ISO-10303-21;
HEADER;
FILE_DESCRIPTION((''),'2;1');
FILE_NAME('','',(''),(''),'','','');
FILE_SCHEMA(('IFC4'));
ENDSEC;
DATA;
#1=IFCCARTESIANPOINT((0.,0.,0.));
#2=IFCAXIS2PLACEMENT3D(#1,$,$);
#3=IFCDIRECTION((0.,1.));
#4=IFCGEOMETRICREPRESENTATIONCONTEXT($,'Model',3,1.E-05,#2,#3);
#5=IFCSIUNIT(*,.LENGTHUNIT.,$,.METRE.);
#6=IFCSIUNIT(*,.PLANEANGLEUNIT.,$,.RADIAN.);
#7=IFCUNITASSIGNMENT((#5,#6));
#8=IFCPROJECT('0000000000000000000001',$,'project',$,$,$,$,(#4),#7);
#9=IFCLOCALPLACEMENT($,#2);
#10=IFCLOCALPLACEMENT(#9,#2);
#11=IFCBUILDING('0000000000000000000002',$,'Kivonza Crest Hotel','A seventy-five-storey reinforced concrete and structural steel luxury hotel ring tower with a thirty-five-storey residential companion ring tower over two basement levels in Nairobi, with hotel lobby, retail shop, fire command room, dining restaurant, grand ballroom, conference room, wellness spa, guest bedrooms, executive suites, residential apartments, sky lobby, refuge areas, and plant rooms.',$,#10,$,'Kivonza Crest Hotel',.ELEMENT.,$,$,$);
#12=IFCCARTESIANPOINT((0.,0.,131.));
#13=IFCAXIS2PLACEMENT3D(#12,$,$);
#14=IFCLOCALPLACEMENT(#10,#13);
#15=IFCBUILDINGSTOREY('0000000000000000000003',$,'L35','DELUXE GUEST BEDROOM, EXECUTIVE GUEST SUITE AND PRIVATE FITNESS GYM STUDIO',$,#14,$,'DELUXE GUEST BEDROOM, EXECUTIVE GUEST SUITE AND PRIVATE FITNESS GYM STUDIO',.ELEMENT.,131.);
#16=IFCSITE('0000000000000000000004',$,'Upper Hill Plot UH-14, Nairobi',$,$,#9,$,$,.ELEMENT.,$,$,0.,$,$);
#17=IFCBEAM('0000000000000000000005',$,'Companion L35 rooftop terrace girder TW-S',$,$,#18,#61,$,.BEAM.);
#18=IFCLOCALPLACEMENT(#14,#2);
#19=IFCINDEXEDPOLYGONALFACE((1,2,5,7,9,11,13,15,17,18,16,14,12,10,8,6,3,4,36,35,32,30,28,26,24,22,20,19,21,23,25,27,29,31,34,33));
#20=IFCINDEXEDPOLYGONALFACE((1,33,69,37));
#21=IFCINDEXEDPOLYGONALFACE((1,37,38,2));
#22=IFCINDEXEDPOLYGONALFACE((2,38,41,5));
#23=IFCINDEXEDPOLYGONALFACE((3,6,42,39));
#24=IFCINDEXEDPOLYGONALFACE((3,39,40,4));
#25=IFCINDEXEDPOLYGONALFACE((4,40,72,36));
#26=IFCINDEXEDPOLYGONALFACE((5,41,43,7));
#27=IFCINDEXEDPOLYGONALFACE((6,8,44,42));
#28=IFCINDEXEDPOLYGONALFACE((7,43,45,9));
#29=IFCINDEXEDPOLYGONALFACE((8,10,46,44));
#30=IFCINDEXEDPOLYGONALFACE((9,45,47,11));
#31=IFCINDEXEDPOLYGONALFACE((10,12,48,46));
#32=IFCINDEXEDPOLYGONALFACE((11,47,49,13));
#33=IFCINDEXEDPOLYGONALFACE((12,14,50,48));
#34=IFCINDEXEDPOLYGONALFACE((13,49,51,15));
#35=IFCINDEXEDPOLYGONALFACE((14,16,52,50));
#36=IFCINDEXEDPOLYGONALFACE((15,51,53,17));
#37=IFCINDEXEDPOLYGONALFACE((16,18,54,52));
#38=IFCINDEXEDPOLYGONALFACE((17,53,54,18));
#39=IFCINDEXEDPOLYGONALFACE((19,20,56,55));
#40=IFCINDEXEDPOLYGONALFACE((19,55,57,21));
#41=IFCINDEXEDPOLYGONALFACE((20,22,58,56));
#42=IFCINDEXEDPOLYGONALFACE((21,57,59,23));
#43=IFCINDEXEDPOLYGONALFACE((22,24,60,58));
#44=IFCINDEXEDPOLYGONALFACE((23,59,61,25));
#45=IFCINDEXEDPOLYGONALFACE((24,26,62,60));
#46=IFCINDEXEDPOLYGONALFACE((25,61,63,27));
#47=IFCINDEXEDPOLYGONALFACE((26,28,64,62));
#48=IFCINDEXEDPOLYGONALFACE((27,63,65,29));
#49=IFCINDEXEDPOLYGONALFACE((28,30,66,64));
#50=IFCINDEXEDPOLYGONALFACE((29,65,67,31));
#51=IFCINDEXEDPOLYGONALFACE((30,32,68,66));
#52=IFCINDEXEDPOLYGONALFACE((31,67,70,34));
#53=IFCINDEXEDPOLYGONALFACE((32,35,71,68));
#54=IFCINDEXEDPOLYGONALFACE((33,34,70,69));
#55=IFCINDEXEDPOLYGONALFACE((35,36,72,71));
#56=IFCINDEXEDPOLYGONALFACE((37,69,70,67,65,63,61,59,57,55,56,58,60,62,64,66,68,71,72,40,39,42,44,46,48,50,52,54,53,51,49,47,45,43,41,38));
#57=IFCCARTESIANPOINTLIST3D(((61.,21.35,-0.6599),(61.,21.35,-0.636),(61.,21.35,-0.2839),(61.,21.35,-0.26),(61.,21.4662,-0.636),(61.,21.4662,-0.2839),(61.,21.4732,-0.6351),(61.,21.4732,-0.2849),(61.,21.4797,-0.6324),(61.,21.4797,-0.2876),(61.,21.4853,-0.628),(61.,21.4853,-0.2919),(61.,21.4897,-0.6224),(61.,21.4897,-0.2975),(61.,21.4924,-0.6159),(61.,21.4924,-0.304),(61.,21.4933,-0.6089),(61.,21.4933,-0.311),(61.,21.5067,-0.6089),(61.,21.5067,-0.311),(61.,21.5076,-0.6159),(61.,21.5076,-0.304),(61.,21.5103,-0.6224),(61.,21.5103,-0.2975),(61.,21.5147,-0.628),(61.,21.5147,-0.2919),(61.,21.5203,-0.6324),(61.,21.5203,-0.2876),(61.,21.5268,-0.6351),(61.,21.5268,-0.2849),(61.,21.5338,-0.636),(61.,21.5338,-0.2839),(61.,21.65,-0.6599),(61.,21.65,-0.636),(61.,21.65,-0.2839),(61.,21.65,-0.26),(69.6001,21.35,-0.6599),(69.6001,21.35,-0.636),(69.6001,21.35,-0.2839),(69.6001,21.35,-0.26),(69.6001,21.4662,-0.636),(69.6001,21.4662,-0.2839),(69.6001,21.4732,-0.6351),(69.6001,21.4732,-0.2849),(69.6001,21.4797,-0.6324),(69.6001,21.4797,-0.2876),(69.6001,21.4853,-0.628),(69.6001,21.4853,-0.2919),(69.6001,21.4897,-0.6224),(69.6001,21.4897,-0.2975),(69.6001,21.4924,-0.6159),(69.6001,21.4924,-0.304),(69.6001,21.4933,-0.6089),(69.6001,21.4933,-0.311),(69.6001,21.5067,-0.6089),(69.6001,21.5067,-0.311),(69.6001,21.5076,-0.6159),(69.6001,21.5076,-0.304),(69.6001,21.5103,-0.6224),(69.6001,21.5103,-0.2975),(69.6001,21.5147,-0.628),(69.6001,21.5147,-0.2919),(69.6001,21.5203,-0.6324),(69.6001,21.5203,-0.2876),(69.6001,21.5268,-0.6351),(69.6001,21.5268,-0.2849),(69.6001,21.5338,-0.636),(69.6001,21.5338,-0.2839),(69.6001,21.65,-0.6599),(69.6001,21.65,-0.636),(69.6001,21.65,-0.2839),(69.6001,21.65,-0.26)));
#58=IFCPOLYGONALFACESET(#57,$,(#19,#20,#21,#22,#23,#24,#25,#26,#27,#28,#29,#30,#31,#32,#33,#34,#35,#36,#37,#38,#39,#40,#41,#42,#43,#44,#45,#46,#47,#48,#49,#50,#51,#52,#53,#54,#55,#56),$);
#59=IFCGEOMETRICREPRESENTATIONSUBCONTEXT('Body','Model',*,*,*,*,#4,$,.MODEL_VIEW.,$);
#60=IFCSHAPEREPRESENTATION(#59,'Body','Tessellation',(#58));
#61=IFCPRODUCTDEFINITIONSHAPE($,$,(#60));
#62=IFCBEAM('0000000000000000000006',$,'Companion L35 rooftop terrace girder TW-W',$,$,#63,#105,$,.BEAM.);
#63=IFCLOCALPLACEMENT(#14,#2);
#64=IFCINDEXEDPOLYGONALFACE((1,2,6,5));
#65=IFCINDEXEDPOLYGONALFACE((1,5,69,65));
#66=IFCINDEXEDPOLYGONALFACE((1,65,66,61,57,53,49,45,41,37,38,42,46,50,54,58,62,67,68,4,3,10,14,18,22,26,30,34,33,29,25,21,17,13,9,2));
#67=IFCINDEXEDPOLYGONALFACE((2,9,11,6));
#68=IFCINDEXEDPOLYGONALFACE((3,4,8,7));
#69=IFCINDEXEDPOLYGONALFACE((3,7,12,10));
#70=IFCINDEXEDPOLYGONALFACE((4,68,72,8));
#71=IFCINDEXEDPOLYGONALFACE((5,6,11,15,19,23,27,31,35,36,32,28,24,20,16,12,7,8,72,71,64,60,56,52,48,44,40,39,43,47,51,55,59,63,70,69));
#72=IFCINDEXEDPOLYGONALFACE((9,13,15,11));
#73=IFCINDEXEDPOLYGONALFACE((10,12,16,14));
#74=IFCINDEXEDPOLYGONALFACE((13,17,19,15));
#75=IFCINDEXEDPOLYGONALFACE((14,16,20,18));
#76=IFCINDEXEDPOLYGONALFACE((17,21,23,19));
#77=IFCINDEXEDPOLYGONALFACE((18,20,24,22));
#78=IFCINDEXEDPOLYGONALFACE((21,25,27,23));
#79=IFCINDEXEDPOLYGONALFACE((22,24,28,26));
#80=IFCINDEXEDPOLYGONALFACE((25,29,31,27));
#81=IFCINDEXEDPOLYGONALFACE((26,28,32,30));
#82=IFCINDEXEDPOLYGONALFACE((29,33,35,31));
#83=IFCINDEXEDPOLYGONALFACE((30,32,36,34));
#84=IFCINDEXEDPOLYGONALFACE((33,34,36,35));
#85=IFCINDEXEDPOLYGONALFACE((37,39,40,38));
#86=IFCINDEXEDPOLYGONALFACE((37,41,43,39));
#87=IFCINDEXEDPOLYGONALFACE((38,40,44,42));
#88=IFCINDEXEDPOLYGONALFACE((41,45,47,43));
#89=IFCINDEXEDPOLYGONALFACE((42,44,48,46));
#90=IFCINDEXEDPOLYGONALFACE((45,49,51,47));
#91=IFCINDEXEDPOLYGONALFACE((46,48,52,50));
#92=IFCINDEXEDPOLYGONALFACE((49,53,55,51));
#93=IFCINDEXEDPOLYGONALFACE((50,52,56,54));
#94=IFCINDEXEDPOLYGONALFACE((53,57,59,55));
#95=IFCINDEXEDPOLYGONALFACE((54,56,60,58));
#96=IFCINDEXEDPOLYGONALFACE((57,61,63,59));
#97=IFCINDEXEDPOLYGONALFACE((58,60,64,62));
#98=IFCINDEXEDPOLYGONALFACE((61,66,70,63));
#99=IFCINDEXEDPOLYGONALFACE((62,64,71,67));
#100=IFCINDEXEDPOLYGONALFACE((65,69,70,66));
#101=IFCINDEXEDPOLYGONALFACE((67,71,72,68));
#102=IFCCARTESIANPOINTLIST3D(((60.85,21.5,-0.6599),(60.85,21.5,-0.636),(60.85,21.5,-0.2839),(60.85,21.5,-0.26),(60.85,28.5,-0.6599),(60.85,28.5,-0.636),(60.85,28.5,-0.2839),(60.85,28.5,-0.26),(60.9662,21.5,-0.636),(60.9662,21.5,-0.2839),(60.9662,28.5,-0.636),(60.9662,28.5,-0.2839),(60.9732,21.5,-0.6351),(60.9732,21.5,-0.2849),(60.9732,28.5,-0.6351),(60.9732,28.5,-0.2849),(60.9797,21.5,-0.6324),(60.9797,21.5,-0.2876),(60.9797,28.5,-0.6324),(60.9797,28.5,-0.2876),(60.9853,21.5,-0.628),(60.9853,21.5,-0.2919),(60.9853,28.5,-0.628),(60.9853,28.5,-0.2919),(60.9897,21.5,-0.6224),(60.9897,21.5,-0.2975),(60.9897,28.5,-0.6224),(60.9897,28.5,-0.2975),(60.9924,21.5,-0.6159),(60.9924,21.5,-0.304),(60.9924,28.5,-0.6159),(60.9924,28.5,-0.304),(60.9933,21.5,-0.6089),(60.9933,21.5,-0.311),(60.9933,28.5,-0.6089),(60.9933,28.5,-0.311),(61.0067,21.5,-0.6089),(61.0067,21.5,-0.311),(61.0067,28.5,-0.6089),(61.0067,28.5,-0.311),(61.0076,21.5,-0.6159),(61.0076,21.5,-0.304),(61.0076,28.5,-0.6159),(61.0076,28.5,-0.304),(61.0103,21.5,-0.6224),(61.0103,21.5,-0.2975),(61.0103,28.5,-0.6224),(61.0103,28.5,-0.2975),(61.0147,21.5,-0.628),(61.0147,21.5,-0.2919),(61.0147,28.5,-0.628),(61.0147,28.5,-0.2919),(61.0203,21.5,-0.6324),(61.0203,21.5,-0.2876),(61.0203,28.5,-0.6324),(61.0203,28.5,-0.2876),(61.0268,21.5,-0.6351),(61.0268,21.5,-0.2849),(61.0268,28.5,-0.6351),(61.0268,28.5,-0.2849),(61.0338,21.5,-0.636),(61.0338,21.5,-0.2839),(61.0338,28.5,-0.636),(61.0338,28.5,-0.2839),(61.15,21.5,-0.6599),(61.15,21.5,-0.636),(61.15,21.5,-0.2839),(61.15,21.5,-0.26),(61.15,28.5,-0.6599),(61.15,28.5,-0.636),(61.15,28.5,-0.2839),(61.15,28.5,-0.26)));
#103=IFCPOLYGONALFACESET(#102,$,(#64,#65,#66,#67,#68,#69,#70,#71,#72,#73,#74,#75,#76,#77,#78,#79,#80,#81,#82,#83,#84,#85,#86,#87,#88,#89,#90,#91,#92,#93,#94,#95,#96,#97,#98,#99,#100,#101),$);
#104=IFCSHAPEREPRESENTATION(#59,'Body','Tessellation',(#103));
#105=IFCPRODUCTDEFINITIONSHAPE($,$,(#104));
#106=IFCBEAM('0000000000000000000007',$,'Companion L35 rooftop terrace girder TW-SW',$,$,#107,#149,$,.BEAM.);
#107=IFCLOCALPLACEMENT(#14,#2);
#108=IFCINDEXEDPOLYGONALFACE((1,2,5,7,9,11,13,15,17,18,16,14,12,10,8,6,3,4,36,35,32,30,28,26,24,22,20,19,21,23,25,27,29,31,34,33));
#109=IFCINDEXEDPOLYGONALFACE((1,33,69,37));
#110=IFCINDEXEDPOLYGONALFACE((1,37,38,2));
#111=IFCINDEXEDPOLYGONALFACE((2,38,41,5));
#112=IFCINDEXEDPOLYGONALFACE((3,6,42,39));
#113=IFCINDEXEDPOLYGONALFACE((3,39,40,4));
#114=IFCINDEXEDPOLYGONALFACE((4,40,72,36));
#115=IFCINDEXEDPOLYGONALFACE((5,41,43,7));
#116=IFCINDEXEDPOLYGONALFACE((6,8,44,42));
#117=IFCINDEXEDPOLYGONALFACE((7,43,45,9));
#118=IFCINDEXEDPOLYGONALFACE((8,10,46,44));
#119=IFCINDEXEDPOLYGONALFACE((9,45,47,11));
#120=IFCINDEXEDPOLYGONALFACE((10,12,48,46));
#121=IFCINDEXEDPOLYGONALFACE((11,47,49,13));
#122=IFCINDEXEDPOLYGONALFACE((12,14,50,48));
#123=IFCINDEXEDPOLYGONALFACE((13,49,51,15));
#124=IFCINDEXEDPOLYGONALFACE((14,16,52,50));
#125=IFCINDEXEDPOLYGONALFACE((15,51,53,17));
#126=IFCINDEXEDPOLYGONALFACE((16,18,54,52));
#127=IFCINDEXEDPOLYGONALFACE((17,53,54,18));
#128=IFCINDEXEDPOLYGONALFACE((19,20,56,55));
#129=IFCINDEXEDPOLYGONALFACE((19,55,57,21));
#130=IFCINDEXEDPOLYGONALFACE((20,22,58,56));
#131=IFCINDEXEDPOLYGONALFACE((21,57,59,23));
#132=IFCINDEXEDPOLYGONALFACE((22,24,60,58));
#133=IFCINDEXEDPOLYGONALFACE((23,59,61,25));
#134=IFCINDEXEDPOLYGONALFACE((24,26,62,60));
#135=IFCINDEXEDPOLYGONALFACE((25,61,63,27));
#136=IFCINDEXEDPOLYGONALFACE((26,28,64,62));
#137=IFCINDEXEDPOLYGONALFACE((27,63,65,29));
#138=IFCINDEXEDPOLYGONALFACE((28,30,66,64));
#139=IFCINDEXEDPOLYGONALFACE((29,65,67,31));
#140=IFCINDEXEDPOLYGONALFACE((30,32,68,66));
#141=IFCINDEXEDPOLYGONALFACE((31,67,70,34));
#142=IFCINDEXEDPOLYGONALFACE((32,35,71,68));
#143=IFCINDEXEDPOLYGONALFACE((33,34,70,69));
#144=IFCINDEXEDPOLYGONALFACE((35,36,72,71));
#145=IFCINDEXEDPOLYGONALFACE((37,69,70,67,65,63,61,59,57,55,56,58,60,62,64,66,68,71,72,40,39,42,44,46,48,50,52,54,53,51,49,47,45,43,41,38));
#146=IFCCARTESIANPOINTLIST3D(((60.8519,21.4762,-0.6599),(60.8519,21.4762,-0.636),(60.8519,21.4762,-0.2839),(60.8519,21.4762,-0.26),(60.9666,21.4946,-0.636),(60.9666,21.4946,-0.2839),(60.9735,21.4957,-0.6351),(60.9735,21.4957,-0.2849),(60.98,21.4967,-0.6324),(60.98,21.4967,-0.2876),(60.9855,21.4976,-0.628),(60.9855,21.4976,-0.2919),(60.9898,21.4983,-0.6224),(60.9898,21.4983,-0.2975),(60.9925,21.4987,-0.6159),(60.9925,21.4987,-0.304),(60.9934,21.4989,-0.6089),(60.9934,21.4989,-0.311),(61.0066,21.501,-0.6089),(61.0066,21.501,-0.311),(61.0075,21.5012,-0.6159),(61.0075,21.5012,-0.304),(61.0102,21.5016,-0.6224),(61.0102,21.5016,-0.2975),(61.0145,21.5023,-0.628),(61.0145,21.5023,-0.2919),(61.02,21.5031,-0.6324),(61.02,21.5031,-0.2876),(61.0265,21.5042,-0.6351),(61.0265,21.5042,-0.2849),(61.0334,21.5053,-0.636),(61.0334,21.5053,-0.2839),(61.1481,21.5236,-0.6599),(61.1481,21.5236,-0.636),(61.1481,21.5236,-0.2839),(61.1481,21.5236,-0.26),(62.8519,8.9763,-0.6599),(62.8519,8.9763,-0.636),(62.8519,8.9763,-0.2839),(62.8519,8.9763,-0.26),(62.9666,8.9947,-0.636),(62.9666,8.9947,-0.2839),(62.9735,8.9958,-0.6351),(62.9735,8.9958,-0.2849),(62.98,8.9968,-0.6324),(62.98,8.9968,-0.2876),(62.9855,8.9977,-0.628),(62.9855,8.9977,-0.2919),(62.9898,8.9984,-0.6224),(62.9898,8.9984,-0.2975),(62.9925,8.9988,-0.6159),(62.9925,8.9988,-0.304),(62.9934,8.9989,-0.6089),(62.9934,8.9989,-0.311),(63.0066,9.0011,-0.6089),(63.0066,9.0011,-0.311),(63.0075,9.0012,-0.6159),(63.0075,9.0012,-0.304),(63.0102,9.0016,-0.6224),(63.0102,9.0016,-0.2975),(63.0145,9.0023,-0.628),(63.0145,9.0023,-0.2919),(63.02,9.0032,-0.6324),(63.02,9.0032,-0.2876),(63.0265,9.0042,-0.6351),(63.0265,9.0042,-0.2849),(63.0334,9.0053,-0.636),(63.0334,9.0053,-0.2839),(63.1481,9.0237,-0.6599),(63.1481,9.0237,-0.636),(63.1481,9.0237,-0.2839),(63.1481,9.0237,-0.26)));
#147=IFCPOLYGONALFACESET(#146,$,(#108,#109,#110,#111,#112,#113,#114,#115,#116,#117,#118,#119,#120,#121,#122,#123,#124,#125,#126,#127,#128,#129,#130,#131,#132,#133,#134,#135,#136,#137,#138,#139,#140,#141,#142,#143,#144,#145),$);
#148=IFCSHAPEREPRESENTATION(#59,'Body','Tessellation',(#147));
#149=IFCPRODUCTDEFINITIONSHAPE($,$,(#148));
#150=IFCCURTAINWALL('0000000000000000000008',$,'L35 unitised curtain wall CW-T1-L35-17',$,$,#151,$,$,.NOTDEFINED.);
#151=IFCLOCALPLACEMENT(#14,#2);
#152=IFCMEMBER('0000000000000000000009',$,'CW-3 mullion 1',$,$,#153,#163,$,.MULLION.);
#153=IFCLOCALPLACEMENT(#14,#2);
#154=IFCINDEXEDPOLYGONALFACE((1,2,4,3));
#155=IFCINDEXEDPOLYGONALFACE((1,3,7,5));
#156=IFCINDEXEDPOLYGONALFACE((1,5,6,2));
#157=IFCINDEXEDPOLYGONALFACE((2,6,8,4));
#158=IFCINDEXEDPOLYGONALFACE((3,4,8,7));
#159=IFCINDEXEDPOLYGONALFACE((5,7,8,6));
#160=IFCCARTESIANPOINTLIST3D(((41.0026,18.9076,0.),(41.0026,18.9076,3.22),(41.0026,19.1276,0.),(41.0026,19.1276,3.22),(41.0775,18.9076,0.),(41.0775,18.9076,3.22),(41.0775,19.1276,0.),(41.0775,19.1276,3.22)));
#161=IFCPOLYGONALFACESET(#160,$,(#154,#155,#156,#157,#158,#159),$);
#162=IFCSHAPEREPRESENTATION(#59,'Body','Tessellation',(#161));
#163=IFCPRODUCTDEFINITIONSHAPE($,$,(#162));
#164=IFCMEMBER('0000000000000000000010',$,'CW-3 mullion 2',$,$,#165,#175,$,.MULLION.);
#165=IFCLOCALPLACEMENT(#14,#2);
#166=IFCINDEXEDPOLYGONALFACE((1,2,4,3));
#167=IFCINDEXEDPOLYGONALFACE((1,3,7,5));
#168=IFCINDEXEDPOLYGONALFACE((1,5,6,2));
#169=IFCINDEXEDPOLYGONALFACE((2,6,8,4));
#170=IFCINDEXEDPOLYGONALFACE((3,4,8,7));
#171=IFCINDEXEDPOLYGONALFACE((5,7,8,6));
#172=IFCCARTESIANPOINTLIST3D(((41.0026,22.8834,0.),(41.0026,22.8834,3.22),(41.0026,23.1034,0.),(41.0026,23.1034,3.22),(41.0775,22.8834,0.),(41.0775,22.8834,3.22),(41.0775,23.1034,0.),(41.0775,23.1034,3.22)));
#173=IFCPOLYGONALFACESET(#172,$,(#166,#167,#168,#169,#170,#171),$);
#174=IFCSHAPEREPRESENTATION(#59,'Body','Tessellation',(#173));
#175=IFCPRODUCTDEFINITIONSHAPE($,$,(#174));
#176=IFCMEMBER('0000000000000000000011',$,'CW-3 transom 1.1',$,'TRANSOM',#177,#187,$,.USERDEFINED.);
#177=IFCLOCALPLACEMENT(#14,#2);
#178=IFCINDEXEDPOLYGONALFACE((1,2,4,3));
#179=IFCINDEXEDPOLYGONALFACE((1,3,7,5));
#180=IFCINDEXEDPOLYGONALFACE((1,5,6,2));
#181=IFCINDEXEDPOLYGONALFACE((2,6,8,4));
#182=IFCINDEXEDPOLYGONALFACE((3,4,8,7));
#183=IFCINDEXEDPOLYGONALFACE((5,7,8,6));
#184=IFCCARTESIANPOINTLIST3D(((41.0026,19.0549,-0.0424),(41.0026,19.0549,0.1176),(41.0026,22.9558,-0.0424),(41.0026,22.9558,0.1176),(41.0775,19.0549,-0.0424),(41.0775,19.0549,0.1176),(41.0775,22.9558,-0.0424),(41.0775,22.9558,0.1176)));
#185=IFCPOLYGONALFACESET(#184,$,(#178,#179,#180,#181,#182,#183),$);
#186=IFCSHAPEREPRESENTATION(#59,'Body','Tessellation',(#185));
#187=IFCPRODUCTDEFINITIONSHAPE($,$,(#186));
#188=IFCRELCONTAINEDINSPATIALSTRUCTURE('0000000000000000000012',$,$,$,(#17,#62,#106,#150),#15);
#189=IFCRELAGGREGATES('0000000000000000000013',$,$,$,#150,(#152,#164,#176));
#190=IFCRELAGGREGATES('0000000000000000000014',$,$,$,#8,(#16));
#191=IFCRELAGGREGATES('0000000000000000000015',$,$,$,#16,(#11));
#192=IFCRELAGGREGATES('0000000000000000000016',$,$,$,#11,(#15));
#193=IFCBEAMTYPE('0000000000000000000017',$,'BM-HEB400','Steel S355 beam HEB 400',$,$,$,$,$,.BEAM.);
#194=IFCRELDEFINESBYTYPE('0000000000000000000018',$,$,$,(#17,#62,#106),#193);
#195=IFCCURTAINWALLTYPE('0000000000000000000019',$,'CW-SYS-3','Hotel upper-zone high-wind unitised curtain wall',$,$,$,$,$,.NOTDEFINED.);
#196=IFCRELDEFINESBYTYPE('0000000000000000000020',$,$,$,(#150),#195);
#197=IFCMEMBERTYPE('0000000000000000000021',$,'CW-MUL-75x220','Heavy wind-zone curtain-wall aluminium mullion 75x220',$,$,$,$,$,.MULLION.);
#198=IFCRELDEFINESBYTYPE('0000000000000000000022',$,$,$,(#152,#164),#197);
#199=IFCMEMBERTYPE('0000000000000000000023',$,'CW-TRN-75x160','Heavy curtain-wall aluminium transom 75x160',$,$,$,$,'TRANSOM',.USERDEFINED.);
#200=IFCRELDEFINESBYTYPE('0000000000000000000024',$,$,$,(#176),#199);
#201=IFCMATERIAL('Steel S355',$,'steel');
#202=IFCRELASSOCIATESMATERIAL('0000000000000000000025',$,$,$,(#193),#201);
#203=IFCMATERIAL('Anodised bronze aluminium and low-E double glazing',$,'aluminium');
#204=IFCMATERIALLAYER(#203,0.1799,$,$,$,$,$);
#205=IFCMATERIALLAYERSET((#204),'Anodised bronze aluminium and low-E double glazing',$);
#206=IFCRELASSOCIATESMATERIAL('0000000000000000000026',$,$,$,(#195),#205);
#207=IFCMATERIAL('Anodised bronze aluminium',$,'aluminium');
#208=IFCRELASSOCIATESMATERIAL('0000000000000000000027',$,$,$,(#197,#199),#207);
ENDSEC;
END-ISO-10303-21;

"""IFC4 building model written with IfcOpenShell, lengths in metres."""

from ifc_helpers import new_model, si_unit, direction, frame, origin, origin_2d, place, context, subcontext, project, spatial, rectangle, i_section, extrude, material, layer, layer_set, material_profile, profile_set, type_object, element, aggregate, save


model = new_model("IFC4")

# Units and contexts
model_context = context("Model", 3, precision=1e-05, world=origin(), true_north=direction((0.0, 1.0)))
body_context = subcontext(model_context, "Body", "Model", "MODEL_VIEW")
ifc_project = project(units=[si_unit("LENGTHUNIT", "METRE"), si_unit("PLANEANGLEUNIT", "RADIAN")], contexts=[model_context])

# Site, building, storey
site_placement = place(None, origin())
site = spatial("IfcSite", under=ifc_project, at=site_placement, Name="Upper Hill Plot UH-14, Nairobi", CompositionType="ELEMENT", RefElevation=0.0)
building_placement = place(site_placement, origin())
building = spatial("IfcBuilding", under=site, at=building_placement, Name="Kivonza Crest Hotel", Description="A seventy-five-storey reinforced concrete and structural steel luxury hotel ring tower with a thirty-five-storey residential companion ring tower over two basement levels in Nairobi, with hotel lobby, retail shop, fire command room, dining restaurant, grand ballroom, conference room, wellness spa, guest bedrooms, executive suites, residential apartments, sky lobby, refuge areas, and plant rooms.", LongName="Kivonza Crest Hotel", CompositionType="ELEMENT")
storey_placement = place(building_placement, frame((0.0, 0.0, 131.0)))
storey = spatial("IfcBuildingStorey", under=building, at=storey_placement, Name="L35", Description="DELUXE GUEST BEDROOM, EXECUTIVE GUEST SUITE AND PRIVATE FITNESS GYM STUDIO", LongName="DELUXE GUEST BEDROOM, EXECUTIVE GUEST SUITE AND PRIVATE FITNESS GYM STUDIO", CompositionType="ELEMENT", Elevation=131.0)

# Beams
ifc_material_1 = material(Name="Steel S355", Category="steel")
ifc_material_profile_1 = material_profile(ifc_material_1, i_section(OverallWidth=0.3, OverallDepth=0.3999, WebThickness=0.0134, FlangeThickness=0.0239, FilletRadius=0.0271, at=origin_2d()), Name="HEB 400")
ifc_profile_set_1 = profile_set([ifc_material_profile_1], Name="Steel S355")
beam_type = type_object("IfcBeamType", Name="BM-HEB400", Description="Steel S355 beam HEB 400", PredefinedType="BEAM", material=ifc_profile_set_1)
beam_1_placement = place(storey_placement, frame((61.0, 21.5, -0.46), z_axis=(1.0, 0.0, 0.0), x_axis=(0.0, 1.0, 0.0)))
element("IfcBeam", 1, at=beam_1_placement, inside=storey, type_object=beam_type, Name="Companion L35 rooftop terrace girder TW-S", PredefinedType="BEAM", context=body_context, shape_type="SweptSolid", body=[
    extrude(i_section(OverallWidth=0.3, OverallDepth=0.3999, WebThickness=0.0134, FlangeThickness=0.0239, FilletRadius=0.0271, at=origin_2d()), origin(), (0.0, 0.0, 1.0), 8.6001),
])
beam_2_placement = place(storey_placement, frame((61.0, 21.5, -0.46), z_axis=(0.0, 1.0, 0.0), x_axis=(-1.0, 0.0, 0.0)))
element("IfcBeam", 2, at=beam_2_placement, inside=storey, type_object=beam_type, Name="Companion L35 rooftop terrace girder TW-W", PredefinedType="BEAM", context=body_context, shape_type="SweptSolid", body=[
    extrude(i_section(OverallWidth=0.3, OverallDepth=0.3999, WebThickness=0.0134, FlangeThickness=0.0239, FilletRadius=0.0271, at=origin_2d()), origin(), (0.0, 0.0, 1.0), 7.0),
])
beam_3_placement = place(storey_placement, frame((63.0, 9.0, -0.46), z_axis=(-0.157991, 0.987441, 0.0), x_axis=(-0.987441, -0.157991, 0.0)))
element("IfcBeam", 3, at=beam_3_placement, inside=storey, type_object=beam_type, Name="Companion L35 rooftop terrace girder TW-SW", PredefinedType="BEAM", context=body_context, shape_type="SweptSolid", body=[
    extrude(i_section(OverallWidth=0.3, OverallDepth=0.3999, WebThickness=0.0134, FlangeThickness=0.0239, FilletRadius=0.0271, at=origin_2d()), origin(), (0.0, 0.0, 1.0), 12.6589),
])

# Curtain wall, members
ifc_material_2 = material(Name="Anodised bronze aluminium and low-E double glazing", Category="aluminium")
ifc_layer_1 = layer(ifc_material_2, 0.1799)
ifc_layer_set_1 = layer_set([ifc_layer_1], Name="Anodised bronze aluminium and low-E double glazing")
curtain_wall_type = type_object("IfcCurtainWallType", Name="CW-SYS-3", Description="Hotel upper-zone high-wind unitised curtain wall", PredefinedType="NOTDEFINED", material=ifc_layer_set_1)
curtain_wall_placement = place(storey_placement, origin())
curtain_wall = element("IfcCurtainWall", 4, at=curtain_wall_placement, inside=storey, type_object=curtain_wall_type, Name="L35 unitised curtain wall CW-T1-L35-17", PredefinedType="NOTDEFINED")
ifc_material_3 = material(Name="Anodised bronze aluminium", Category="aluminium")
ifc_material_profile_2 = material_profile(ifc_material_3, rectangle(XDim=0.075, YDim=0.22, at=origin_2d()), Name="CW-M 75x220")
ifc_profile_set_2 = profile_set([ifc_material_profile_2], Name="Anodised bronze aluminium")
member_type_1 = type_object("IfcMemberType", Name="CW-MUL-75x220", Description="Heavy wind-zone curtain-wall aluminium mullion 75x220", PredefinedType="MULLION", material=ifc_profile_set_2)
member_1_placement = place(storey_placement, frame((41.04, 19.0176, 0.0), z_axis=(0.0, 0.0, 1.0), x_axis=(-1.0, 0.0, 0.0)))
member_1 = element("IfcMember", 5, at=member_1_placement, type_object=member_type_1, Name="CW-3 mullion 1", PredefinedType="MULLION", context=body_context, shape_type="SweptSolid", body=[
    extrude(rectangle(XDim=0.075, YDim=0.22, at=origin_2d()), origin(), (0.0, 0.0, 1.0), 3.22),
])
member_2_placement = place(storey_placement, frame((41.04, 22.9934, 0.0), z_axis=(0.0, 0.0, 1.0), x_axis=(-1.0, 0.0, 0.0)))
member_2 = element("IfcMember", 6, at=member_2_placement, type_object=member_type_1, Name="CW-3 mullion 2", PredefinedType="MULLION", context=body_context, shape_type="SweptSolid", body=[
    extrude(rectangle(XDim=0.075, YDim=0.22, at=origin_2d()), origin(), (0.0, 0.0, 1.0), 3.22),
])
ifc_material_profile_3 = material_profile(ifc_material_3, rectangle(XDim=0.075, YDim=0.1599, at=origin_2d()), Name="CW-T 75x160")
ifc_profile_set_3 = profile_set([ifc_material_profile_3], Name="Anodised bronze aluminium")
member_type_2 = type_object("IfcMemberType", Name="CW-TRN-75x160", Description="Heavy curtain-wall aluminium transom 75x160", ElementType="TRANSOM", PredefinedType="USERDEFINED", material=ifc_profile_set_3)
member_3_placement = place(storey_placement, frame((41.04, 19.0549, 0.0376), z_axis=(0.0, 1.0, 0.0), x_axis=(-1.0, 0.0, 0.0)))
member_3 = element("IfcMember", 7, at=member_3_placement, type_object=member_type_2, Name="CW-3 transom 1.1", ObjectType="TRANSOM", PredefinedType="USERDEFINED", context=body_context, shape_type="SweptSolid", body=[
    extrude(rectangle(XDim=0.075, YDim=0.1599, at=origin_2d()), origin(), (0.0, 0.0, 1.0), 3.9009),
])
aggregate(curtain_wall, [member_1, member_2, member_3])

save(model, "model.ifc")
